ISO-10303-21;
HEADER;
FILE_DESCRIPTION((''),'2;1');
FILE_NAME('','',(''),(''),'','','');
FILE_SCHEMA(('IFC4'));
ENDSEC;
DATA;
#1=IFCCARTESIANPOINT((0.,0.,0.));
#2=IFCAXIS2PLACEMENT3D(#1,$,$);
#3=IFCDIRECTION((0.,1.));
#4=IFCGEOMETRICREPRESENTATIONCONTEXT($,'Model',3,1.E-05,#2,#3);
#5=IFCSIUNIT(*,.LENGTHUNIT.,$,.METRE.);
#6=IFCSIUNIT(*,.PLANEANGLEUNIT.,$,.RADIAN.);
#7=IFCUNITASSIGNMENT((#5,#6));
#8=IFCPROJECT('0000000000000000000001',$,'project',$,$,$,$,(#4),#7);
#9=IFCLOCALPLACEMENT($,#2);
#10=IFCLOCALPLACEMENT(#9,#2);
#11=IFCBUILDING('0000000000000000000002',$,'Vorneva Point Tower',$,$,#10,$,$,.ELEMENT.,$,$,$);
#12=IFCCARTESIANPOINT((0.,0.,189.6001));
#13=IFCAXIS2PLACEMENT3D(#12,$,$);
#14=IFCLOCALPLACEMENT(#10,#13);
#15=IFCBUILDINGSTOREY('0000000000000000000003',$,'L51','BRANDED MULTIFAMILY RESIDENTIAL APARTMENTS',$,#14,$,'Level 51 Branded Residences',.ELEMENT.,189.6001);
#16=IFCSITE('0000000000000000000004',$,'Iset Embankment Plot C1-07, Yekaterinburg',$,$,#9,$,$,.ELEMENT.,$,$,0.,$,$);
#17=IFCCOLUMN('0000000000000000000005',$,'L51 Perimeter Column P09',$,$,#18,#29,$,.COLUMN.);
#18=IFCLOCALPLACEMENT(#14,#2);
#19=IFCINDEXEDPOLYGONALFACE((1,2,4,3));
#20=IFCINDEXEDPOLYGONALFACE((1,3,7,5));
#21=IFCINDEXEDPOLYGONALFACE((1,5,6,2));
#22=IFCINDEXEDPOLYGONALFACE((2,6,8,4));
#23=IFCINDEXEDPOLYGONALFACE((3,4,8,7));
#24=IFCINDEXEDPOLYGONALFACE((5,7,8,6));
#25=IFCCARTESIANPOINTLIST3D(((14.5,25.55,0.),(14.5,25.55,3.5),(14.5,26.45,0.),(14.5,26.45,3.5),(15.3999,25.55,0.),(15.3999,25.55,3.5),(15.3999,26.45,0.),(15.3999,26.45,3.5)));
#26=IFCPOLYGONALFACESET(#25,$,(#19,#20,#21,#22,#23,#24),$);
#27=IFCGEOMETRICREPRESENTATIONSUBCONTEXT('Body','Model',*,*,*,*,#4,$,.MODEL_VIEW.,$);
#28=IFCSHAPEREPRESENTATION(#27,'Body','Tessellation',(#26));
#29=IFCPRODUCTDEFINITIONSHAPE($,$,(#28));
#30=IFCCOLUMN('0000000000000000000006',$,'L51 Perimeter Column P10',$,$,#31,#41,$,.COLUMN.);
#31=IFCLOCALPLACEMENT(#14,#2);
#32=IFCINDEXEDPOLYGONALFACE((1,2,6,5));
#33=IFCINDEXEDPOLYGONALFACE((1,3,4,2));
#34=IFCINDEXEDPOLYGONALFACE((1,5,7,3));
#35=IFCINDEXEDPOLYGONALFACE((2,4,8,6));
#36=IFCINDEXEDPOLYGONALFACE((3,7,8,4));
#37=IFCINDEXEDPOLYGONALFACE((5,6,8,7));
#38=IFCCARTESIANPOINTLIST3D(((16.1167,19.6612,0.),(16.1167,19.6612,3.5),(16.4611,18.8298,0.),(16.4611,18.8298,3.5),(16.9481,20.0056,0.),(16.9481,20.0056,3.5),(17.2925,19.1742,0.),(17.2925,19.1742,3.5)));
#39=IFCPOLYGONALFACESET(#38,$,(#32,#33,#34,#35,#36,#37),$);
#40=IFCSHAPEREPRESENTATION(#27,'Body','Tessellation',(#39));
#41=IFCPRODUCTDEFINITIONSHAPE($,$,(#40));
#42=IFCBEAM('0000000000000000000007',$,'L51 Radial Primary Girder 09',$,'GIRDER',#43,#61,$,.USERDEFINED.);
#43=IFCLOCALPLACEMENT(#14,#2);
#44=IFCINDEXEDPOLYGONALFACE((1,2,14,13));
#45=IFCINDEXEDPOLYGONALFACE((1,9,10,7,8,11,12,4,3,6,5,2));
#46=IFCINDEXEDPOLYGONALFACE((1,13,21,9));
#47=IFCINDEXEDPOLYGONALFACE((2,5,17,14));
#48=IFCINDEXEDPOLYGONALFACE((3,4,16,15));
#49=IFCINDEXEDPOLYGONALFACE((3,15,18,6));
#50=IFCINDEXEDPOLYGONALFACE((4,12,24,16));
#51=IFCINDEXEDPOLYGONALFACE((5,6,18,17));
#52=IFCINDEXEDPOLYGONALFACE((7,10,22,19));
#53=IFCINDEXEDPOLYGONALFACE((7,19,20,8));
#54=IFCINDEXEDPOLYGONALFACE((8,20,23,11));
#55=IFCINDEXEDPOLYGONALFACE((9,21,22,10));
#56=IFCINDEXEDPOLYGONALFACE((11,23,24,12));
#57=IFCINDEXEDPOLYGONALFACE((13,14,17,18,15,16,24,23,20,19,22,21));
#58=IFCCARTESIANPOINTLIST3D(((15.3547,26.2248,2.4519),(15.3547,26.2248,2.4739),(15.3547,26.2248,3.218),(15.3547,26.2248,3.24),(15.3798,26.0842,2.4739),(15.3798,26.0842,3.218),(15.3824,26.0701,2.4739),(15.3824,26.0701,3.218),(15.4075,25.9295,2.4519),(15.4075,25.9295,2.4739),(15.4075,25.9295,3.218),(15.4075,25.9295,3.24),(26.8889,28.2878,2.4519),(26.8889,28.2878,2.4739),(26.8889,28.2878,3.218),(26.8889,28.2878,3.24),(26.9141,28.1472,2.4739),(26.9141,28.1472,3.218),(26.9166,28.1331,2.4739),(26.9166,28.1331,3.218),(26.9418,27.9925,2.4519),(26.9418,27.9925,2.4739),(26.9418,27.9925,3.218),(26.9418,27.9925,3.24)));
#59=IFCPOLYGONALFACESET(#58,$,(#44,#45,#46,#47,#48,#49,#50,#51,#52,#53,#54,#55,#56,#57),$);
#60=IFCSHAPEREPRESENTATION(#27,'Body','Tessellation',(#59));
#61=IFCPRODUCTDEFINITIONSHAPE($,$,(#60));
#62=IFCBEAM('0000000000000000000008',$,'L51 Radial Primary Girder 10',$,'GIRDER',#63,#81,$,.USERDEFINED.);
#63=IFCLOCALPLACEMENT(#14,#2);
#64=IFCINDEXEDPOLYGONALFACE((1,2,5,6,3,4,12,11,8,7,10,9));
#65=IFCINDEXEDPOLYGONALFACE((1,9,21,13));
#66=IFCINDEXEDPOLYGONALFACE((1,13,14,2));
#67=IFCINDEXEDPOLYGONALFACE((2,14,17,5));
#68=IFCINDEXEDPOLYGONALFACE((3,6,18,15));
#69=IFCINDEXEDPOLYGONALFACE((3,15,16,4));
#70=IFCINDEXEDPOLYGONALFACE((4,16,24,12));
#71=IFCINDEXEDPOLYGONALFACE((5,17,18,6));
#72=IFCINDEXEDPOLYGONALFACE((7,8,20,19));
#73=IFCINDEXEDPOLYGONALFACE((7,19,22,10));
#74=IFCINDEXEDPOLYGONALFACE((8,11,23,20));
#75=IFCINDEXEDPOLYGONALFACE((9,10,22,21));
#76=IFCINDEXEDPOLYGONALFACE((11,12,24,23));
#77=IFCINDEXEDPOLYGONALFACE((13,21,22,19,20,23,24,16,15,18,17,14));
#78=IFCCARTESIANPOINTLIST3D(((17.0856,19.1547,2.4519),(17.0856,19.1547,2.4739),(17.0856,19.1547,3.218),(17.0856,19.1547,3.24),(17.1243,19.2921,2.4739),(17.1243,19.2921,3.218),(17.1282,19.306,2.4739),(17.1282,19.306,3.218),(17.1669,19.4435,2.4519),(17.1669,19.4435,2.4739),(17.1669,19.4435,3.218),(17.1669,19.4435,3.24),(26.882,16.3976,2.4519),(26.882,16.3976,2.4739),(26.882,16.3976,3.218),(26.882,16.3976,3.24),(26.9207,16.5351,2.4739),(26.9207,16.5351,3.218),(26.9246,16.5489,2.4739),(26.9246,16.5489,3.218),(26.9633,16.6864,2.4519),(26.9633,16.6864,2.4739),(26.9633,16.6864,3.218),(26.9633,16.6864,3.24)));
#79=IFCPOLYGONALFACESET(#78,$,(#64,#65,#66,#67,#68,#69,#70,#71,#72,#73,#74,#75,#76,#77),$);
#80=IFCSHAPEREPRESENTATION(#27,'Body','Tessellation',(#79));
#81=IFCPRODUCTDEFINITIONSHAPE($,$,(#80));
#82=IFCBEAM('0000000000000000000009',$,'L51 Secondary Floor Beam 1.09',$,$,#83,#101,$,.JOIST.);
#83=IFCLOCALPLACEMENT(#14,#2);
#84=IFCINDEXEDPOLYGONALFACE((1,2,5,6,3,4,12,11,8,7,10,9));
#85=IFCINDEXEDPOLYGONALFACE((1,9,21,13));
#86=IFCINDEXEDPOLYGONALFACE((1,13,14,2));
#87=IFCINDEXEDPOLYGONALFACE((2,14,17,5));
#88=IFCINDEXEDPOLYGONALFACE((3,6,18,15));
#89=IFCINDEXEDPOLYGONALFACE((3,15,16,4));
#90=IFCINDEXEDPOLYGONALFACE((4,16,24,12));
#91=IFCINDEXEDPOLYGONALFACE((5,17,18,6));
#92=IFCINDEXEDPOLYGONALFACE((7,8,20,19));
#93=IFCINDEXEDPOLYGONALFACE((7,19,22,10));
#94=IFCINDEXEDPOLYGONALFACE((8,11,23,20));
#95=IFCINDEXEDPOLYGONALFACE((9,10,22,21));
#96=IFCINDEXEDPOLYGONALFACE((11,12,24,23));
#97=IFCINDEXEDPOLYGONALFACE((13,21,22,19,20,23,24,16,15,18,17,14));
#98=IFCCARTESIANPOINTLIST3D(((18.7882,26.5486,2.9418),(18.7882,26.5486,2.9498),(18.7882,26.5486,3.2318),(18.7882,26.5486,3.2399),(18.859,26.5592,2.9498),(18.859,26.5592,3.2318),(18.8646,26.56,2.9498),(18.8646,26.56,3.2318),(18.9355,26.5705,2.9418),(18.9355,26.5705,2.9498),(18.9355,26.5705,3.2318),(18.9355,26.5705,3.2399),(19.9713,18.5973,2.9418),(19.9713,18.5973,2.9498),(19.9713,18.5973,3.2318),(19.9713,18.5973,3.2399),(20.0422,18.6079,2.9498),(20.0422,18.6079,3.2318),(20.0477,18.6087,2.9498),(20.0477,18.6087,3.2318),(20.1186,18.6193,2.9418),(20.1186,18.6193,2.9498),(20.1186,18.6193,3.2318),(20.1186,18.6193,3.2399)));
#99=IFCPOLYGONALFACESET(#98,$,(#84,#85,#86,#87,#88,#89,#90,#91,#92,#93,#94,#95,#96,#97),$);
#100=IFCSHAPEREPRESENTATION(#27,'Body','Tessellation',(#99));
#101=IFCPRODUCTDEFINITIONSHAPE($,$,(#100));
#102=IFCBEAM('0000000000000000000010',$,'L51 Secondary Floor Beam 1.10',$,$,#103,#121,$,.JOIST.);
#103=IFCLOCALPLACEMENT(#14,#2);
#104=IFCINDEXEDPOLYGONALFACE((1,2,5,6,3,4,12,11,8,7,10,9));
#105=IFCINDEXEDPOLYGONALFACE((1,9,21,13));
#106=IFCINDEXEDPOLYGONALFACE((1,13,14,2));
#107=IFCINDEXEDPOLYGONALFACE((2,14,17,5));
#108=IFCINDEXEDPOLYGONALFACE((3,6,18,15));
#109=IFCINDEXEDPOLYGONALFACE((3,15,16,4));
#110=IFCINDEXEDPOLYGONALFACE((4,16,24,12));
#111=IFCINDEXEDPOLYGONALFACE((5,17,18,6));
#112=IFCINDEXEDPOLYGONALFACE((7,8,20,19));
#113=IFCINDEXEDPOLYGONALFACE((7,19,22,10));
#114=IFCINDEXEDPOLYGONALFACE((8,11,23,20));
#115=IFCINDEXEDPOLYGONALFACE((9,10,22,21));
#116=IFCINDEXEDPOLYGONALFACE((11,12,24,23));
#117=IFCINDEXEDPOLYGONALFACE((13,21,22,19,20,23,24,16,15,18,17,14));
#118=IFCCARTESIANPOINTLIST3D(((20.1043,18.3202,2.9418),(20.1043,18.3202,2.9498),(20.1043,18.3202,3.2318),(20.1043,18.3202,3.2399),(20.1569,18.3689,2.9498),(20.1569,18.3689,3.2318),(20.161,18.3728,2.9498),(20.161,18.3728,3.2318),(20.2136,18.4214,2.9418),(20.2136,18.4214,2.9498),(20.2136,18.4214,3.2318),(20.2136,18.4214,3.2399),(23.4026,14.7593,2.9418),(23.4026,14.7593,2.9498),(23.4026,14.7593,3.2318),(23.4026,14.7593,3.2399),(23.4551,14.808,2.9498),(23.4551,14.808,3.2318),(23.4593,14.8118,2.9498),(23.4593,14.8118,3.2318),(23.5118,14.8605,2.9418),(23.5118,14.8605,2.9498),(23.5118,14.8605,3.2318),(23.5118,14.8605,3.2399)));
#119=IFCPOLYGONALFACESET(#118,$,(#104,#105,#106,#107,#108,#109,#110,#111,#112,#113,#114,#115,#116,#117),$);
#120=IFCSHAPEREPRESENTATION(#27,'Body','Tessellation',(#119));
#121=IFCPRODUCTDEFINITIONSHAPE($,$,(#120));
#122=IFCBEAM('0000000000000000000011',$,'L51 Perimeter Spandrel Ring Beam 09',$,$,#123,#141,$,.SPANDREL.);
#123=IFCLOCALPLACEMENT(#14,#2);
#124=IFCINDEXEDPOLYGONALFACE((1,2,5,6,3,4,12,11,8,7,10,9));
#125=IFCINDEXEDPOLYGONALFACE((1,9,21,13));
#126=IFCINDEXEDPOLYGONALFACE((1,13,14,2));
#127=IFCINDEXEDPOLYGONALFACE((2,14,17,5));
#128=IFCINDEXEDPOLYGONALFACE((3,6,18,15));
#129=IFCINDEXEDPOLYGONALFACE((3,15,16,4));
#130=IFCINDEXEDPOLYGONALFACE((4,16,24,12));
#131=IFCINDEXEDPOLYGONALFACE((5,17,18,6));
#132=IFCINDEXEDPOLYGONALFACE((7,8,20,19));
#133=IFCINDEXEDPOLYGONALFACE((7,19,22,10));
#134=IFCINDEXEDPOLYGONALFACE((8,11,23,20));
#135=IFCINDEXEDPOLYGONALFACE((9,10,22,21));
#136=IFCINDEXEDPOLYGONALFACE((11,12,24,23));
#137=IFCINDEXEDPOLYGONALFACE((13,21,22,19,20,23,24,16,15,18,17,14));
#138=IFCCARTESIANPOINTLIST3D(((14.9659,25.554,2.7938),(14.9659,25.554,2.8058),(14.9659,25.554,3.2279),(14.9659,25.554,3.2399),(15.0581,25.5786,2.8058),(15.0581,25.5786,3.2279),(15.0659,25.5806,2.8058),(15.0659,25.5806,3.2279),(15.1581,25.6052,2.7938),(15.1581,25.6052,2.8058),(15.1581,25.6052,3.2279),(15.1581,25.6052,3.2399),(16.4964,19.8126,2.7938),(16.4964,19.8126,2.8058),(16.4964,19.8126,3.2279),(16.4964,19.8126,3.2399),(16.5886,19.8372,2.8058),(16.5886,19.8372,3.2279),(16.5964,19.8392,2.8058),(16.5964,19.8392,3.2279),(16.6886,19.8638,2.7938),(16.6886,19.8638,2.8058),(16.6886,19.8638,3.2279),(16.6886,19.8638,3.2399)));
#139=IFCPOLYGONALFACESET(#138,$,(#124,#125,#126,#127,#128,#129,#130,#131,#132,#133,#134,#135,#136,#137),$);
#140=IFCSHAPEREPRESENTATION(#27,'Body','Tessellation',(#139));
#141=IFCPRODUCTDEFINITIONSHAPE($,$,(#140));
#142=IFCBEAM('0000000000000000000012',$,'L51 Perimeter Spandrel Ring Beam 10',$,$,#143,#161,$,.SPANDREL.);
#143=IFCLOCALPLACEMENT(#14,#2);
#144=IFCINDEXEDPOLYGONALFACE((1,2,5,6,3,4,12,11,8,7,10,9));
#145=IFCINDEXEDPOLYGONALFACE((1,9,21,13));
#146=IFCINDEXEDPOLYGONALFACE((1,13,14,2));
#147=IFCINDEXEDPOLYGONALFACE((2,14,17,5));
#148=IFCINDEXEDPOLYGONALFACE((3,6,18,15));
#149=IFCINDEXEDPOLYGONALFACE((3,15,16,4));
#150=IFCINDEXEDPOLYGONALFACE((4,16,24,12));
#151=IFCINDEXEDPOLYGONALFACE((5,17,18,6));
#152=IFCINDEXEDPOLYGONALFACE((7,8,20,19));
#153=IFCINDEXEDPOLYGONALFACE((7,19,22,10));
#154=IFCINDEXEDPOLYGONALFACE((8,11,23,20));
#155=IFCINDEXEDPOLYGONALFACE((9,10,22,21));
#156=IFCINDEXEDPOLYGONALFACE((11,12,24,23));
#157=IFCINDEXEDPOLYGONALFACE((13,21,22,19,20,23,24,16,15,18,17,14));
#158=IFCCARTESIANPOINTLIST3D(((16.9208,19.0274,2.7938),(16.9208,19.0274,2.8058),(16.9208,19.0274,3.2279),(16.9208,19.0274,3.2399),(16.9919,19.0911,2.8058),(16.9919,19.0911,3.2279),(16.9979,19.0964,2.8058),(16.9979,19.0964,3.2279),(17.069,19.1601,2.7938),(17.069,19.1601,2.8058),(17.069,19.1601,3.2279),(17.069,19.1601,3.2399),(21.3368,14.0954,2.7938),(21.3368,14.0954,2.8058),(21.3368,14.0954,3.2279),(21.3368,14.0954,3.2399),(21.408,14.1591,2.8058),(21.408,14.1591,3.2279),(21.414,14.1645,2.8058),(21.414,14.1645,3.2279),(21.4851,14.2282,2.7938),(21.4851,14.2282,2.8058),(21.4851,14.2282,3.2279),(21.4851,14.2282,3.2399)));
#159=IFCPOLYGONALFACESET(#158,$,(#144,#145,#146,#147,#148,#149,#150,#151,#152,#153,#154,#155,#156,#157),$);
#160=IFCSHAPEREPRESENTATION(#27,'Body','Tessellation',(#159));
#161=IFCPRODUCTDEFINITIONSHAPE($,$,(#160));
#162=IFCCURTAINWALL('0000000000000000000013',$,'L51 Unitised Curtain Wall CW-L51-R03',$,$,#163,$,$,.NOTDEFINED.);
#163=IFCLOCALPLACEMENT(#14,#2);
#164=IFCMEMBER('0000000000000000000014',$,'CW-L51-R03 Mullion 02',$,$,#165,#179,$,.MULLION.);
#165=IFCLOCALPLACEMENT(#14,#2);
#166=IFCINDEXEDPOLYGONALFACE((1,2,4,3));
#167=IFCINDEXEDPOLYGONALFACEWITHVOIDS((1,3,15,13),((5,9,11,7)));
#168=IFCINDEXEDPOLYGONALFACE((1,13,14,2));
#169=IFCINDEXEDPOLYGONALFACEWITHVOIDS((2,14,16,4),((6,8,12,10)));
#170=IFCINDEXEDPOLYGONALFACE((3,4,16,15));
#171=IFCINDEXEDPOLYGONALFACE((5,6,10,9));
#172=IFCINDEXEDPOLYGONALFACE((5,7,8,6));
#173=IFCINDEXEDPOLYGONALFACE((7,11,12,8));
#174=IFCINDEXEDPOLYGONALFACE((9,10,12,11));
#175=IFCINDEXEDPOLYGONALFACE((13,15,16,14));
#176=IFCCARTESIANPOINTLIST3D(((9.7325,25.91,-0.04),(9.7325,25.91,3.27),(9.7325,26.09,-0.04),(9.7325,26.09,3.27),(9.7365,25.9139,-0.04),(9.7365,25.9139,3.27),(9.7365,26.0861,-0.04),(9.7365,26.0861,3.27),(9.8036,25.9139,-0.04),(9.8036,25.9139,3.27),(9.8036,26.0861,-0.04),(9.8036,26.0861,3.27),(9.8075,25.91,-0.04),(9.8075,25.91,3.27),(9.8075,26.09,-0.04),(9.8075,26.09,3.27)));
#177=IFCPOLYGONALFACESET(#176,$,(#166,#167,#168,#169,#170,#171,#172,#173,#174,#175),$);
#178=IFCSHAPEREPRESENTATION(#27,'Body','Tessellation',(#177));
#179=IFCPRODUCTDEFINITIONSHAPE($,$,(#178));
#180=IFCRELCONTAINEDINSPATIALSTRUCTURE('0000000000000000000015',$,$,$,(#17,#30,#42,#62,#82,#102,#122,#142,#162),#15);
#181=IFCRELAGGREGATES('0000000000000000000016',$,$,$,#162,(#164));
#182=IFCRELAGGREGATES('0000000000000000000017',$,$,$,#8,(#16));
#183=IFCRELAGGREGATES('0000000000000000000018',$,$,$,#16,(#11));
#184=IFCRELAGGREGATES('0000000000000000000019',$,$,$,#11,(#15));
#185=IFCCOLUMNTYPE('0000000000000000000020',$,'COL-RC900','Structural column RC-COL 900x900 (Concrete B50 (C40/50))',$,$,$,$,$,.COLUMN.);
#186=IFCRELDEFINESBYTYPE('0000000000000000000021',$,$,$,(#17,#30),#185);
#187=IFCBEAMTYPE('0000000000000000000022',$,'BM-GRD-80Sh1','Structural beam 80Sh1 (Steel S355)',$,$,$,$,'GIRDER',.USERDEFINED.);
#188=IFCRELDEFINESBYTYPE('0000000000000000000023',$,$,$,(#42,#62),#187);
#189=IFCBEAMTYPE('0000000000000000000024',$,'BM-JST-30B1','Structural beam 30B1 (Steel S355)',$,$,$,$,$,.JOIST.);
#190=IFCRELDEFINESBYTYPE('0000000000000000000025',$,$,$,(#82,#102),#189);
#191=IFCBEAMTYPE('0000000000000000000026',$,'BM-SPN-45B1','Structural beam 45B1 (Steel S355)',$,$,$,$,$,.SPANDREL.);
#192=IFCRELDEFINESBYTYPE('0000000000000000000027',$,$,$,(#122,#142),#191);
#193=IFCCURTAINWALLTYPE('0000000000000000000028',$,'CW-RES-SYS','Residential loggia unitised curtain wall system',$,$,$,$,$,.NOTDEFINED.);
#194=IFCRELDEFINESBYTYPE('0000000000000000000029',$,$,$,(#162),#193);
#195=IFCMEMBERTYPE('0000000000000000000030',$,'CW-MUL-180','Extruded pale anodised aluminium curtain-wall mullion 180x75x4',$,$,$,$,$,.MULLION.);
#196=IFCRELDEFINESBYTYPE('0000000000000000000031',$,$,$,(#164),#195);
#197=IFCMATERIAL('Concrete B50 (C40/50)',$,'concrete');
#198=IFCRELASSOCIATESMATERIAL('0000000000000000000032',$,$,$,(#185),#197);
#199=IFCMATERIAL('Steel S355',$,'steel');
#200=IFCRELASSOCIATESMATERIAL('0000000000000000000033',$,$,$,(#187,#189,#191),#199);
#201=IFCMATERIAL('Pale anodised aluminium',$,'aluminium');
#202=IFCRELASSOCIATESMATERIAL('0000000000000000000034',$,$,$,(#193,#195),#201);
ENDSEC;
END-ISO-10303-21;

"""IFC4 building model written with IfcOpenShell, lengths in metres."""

from ifc_helpers import new_model, si_unit, direction, frame, origin, origin_2d, place, context, subcontext, project, spatial, rectangle, hollow_rectangle, i_section, extrude, material, material_profile, profile_set, type_object, element, aggregate, save


model = new_model("IFC4")

# Units and contexts
model_context = context("Model", 3, precision=1e-05, world=origin(), true_north=direction((0.0, 1.0)))
body_context = subcontext(model_context, "Body", "Model", "MODEL_VIEW")
ifc_project = project(units=[si_unit("LENGTHUNIT", "METRE"), si_unit("PLANEANGLEUNIT", "RADIAN")], contexts=[model_context])

# Site, building, storey
site_placement = place(None, origin())
site = spatial("IfcSite", under=ifc_project, at=site_placement, Name="Iset Embankment Plot C1-07, Yekaterinburg", CompositionType="ELEMENT", RefElevation=0.0)
building_placement = place(site_placement, origin())
building = spatial("IfcBuilding", under=site, at=building_placement, Name="Vorneva Point Tower", CompositionType="ELEMENT")
storey_placement = place(building_placement, frame((0.0, 0.0, 189.6001)))
storey = spatial("IfcBuildingStorey", under=building, at=storey_placement, Name="L51", Description="BRANDED MULTIFAMILY RESIDENTIAL APARTMENTS", LongName="Level 51 Branded Residences", CompositionType="ELEMENT", Elevation=189.6001)

# Columns
ifc_material_1 = material(Name="Concrete B50 (C40/50)", Category="concrete")
ifc_material_profile_1 = material_profile(ifc_material_1, rectangle(XDim=0.8999, YDim=0.8999, at=origin_2d()), Name="RC-COL 900x900")
ifc_profile_set_1 = profile_set([ifc_material_profile_1], Name="Concrete B50 (C40/50)")
column_type = type_object("IfcColumnType", Name="COL-RC900", Description="Structural column RC-COL 900x900 (Concrete B50 (C40/50))", PredefinedType="COLUMN", material=ifc_profile_set_1)
for number, where, z_axis, x_axis, name in (
    (1, (14.95, 26.0, 0.0), (0.0, 0.0, 1.0), (-1.0, 0.0, 0.0), "L51 Perimeter Column P09"),
    (2, (16.7046, 19.4177, 0.0), (0.0, 0.0, 1.0), (-0.92388, -0.382683, 0.0), "L51 Perimeter Column P10"),
):
    element("IfcColumn", number, at=place(storey_placement, frame(where, z_axis=z_axis, x_axis=x_axis)), inside=storey, type_object=column_type, Name=name, PredefinedType="COLUMN", context=body_context, shape_type="SweptSolid", body=[
        extrude(rectangle(XDim=0.8999, YDim=0.8999, at=origin_2d()), origin(), (0.0, 0.0, 1.0), 3.5),
    ])

# Beams
ifc_material_2 = material(Name="Steel S355", Category="steel")
ifc_material_profile_2 = material_profile(ifc_material_2, i_section(OverallWidth=0.3, OverallDepth=0.7881, WebThickness=0.0144, FlangeThickness=0.022, at=origin_2d()), Name="80Sh1")
ifc_profile_set_2 = profile_set([ifc_material_profile_2], Name="Steel S355")
beam_type_1 = type_object("IfcBeamType", Name="BM-GRD-80Sh1", Description="Structural beam 80Sh1 (Steel S355)", ElementType="GIRDER", PredefinedType="USERDEFINED", material=ifc_profile_set_2)
beam_1_placement = place(storey_placement, frame((15.3811, 26.0771, 2.8459), z_axis=(0.984379, 0.176065, 0.0), x_axis=(-0.176065, 0.984379, 0.0)))
element("IfcBeam", 3, at=beam_1_placement, inside=storey, type_object=beam_type_1, Name="L51 Radial Primary Girder 09", ObjectType="GIRDER", PredefinedType="USERDEFINED", context=body_context, shape_type="SweptSolid", body=[
    extrude(i_section(OverallWidth=0.3, OverallDepth=0.7881, WebThickness=0.0144, FlangeThickness=0.022, at=origin_2d()), origin(), (0.0, 0.0, 1.0), 11.7173),
])
beam_2_placement = place(storey_placement, frame((17.1262, 19.2991, 2.8459), z_axis=(0.962604, -0.270914, 0.0), x_axis=(0.270914, 0.962604, 0.0)))
element("IfcBeam", 4, at=beam_2_placement, inside=storey, type_object=beam_type_1, Name="L51 Radial Primary Girder 10", ObjectType="GIRDER", PredefinedType="USERDEFINED", context=body_context, shape_type="SweptSolid", body=[
    extrude(i_section(OverallWidth=0.3, OverallDepth=0.7881, WebThickness=0.0144, FlangeThickness=0.022, at=origin_2d()), origin(), (0.0, 0.0, 1.0), 10.177),
])
ifc_material_profile_3 = material_profile(ifc_material_2, i_section(OverallWidth=0.1489, OverallDepth=0.2981, WebThickness=0.0056, FlangeThickness=0.0081, at=origin_2d()), Name="30B1")
ifc_profile_set_3 = profile_set([ifc_material_profile_3], Name="Steel S355")
beam_type_2 = type_object("IfcBeamType", Name="BM-JST-30B1", Description="Structural beam 30B1 (Steel S355)", PredefinedType="JOIST", material=ifc_profile_set_3)
beam_3_placement = place(storey_placement, frame((18.8618, 26.5596, 3.0908), z_axis=(0.147176, -0.98911, 0.0), x_axis=(0.98911, 0.147176, 0.0)))
element("IfcBeam", 5, at=beam_3_placement, inside=storey, type_object=beam_type_2, Name="L51 Secondary Floor Beam 1.09", PredefinedType="JOIST", context=body_context, shape_type="SweptSolid", body=[
    extrude(i_section(OverallWidth=0.1489, OverallDepth=0.2981, WebThickness=0.0056, FlangeThickness=0.0081, at=origin_2d()), origin(), (0.0, 0.0, 1.0), 8.0388),
])
beam_4_placement = place(storey_placement, frame((20.1589, 18.3708, 3.0908), z_axis=(0.679528, -0.733649, 0.0), x_axis=(0.733649, 0.679528, 0.0)))
element("IfcBeam", 6, at=beam_4_placement, inside=storey, type_object=beam_type_2, Name="L51 Secondary Floor Beam 1.10", PredefinedType="JOIST", context=body_context, shape_type="SweptSolid", body=[
    extrude(i_section(OverallWidth=0.1489, OverallDepth=0.2981, WebThickness=0.0056, FlangeThickness=0.0081, at=origin_2d()), origin(), (0.0, 0.0, 1.0), 4.8538),
])
ifc_material_profile_4 = material_profile(ifc_material_2, i_section(OverallWidth=0.199, OverallDepth=0.446, WebThickness=0.0081, FlangeThickness=0.012, at=origin_2d()), Name="45B1")
ifc_profile_set_4 = profile_set([ifc_material_profile_4], Name="Steel S355")
beam_type_3 = type_object("IfcBeamType", Name="BM-SPN-45B1", Description="Structural beam 45B1 (Steel S355)", PredefinedType="SPANDREL", material=ifc_profile_set_4)
beam_5_placement = place(storey_placement, frame((15.062, 25.5796, 3.0168), z_axis=(0.257578, -0.966257, 0.0), x_axis=(0.966257, 0.257578, 0.0)))
element("IfcBeam", 7, at=beam_5_placement, inside=storey, type_object=beam_type_3, Name="L51 Perimeter Spandrel Ring Beam 09", PredefinedType="SPANDREL", context=body_context, shape_type="SweptSolid", body=[
    extrude(i_section(OverallWidth=0.199, OverallDepth=0.446, WebThickness=0.0081, FlangeThickness=0.012, at=origin_2d()), origin(), (0.0, 0.0, 1.0), 5.9419),
])
beam_6_placement = place(storey_placement, frame((16.9949, 19.0938, 3.0168), z_axis=(0.66707, -0.744995, 0.0), x_axis=(0.744995, 0.66707, 0.0)))
element("IfcBeam", 8, at=beam_6_placement, inside=storey, type_object=beam_type_3, Name="L51 Perimeter Spandrel Ring Beam 10", PredefinedType="SPANDREL", context=body_context, shape_type="SweptSolid", body=[
    extrude(i_section(OverallWidth=0.199, OverallDepth=0.446, WebThickness=0.0081, FlangeThickness=0.012, at=origin_2d()), origin(), (0.0, 0.0, 1.0), 6.6201),
])

# Curtain wall, member
ifc_material_3 = material(Name="Pale anodised aluminium", Category="aluminium")
curtain_wall_type = type_object("IfcCurtainWallType", Name="CW-RES-SYS", Description="Residential loggia unitised curtain wall system", PredefinedType="NOTDEFINED", material=ifc_material_3)
curtain_wall_placement = place(storey_placement, origin())
curtain_wall = element("IfcCurtainWall", 9, at=curtain_wall_placement, inside=storey, type_object=curtain_wall_type, Name="L51 Unitised Curtain Wall CW-L51-R03", PredefinedType="NOTDEFINED")
ifc_material_profile_5 = material_profile(ifc_material_3, hollow_rectangle(XDim=0.075, YDim=0.1799, WallThickness=0.0039, at=origin_2d()), Name="AL-MUL 180x75x4")
ifc_profile_set_5 = profile_set([ifc_material_profile_5], Name="Pale anodised aluminium")
member_type_1 = type_object("IfcMemberType", Name="CW-MUL-180", Description="Extruded pale anodised aluminium curtain-wall mullion 180x75x4", PredefinedType="MULLION", material=ifc_profile_set_5)
member_1_placement = place(storey_placement, frame((9.77, 26.0, -0.04), z_axis=(0.0, 0.0, 1.0), x_axis=(1.0, 0.0, 0.0)))
member_1 = element("IfcMember", 10, at=member_1_placement, type_object=member_type_1, Name="CW-L51-R03 Mullion 02", PredefinedType="MULLION", context=body_context, shape_type="SweptSolid", body=[
    extrude(hollow_rectangle(XDim=0.075, YDim=0.1799, WallThickness=0.0039, at=origin_2d()), origin(), (0.0, 0.0, 1.0), 3.3101),
])
aggregate(curtain_wall, [member_1])

save(model, "model.ifc")
